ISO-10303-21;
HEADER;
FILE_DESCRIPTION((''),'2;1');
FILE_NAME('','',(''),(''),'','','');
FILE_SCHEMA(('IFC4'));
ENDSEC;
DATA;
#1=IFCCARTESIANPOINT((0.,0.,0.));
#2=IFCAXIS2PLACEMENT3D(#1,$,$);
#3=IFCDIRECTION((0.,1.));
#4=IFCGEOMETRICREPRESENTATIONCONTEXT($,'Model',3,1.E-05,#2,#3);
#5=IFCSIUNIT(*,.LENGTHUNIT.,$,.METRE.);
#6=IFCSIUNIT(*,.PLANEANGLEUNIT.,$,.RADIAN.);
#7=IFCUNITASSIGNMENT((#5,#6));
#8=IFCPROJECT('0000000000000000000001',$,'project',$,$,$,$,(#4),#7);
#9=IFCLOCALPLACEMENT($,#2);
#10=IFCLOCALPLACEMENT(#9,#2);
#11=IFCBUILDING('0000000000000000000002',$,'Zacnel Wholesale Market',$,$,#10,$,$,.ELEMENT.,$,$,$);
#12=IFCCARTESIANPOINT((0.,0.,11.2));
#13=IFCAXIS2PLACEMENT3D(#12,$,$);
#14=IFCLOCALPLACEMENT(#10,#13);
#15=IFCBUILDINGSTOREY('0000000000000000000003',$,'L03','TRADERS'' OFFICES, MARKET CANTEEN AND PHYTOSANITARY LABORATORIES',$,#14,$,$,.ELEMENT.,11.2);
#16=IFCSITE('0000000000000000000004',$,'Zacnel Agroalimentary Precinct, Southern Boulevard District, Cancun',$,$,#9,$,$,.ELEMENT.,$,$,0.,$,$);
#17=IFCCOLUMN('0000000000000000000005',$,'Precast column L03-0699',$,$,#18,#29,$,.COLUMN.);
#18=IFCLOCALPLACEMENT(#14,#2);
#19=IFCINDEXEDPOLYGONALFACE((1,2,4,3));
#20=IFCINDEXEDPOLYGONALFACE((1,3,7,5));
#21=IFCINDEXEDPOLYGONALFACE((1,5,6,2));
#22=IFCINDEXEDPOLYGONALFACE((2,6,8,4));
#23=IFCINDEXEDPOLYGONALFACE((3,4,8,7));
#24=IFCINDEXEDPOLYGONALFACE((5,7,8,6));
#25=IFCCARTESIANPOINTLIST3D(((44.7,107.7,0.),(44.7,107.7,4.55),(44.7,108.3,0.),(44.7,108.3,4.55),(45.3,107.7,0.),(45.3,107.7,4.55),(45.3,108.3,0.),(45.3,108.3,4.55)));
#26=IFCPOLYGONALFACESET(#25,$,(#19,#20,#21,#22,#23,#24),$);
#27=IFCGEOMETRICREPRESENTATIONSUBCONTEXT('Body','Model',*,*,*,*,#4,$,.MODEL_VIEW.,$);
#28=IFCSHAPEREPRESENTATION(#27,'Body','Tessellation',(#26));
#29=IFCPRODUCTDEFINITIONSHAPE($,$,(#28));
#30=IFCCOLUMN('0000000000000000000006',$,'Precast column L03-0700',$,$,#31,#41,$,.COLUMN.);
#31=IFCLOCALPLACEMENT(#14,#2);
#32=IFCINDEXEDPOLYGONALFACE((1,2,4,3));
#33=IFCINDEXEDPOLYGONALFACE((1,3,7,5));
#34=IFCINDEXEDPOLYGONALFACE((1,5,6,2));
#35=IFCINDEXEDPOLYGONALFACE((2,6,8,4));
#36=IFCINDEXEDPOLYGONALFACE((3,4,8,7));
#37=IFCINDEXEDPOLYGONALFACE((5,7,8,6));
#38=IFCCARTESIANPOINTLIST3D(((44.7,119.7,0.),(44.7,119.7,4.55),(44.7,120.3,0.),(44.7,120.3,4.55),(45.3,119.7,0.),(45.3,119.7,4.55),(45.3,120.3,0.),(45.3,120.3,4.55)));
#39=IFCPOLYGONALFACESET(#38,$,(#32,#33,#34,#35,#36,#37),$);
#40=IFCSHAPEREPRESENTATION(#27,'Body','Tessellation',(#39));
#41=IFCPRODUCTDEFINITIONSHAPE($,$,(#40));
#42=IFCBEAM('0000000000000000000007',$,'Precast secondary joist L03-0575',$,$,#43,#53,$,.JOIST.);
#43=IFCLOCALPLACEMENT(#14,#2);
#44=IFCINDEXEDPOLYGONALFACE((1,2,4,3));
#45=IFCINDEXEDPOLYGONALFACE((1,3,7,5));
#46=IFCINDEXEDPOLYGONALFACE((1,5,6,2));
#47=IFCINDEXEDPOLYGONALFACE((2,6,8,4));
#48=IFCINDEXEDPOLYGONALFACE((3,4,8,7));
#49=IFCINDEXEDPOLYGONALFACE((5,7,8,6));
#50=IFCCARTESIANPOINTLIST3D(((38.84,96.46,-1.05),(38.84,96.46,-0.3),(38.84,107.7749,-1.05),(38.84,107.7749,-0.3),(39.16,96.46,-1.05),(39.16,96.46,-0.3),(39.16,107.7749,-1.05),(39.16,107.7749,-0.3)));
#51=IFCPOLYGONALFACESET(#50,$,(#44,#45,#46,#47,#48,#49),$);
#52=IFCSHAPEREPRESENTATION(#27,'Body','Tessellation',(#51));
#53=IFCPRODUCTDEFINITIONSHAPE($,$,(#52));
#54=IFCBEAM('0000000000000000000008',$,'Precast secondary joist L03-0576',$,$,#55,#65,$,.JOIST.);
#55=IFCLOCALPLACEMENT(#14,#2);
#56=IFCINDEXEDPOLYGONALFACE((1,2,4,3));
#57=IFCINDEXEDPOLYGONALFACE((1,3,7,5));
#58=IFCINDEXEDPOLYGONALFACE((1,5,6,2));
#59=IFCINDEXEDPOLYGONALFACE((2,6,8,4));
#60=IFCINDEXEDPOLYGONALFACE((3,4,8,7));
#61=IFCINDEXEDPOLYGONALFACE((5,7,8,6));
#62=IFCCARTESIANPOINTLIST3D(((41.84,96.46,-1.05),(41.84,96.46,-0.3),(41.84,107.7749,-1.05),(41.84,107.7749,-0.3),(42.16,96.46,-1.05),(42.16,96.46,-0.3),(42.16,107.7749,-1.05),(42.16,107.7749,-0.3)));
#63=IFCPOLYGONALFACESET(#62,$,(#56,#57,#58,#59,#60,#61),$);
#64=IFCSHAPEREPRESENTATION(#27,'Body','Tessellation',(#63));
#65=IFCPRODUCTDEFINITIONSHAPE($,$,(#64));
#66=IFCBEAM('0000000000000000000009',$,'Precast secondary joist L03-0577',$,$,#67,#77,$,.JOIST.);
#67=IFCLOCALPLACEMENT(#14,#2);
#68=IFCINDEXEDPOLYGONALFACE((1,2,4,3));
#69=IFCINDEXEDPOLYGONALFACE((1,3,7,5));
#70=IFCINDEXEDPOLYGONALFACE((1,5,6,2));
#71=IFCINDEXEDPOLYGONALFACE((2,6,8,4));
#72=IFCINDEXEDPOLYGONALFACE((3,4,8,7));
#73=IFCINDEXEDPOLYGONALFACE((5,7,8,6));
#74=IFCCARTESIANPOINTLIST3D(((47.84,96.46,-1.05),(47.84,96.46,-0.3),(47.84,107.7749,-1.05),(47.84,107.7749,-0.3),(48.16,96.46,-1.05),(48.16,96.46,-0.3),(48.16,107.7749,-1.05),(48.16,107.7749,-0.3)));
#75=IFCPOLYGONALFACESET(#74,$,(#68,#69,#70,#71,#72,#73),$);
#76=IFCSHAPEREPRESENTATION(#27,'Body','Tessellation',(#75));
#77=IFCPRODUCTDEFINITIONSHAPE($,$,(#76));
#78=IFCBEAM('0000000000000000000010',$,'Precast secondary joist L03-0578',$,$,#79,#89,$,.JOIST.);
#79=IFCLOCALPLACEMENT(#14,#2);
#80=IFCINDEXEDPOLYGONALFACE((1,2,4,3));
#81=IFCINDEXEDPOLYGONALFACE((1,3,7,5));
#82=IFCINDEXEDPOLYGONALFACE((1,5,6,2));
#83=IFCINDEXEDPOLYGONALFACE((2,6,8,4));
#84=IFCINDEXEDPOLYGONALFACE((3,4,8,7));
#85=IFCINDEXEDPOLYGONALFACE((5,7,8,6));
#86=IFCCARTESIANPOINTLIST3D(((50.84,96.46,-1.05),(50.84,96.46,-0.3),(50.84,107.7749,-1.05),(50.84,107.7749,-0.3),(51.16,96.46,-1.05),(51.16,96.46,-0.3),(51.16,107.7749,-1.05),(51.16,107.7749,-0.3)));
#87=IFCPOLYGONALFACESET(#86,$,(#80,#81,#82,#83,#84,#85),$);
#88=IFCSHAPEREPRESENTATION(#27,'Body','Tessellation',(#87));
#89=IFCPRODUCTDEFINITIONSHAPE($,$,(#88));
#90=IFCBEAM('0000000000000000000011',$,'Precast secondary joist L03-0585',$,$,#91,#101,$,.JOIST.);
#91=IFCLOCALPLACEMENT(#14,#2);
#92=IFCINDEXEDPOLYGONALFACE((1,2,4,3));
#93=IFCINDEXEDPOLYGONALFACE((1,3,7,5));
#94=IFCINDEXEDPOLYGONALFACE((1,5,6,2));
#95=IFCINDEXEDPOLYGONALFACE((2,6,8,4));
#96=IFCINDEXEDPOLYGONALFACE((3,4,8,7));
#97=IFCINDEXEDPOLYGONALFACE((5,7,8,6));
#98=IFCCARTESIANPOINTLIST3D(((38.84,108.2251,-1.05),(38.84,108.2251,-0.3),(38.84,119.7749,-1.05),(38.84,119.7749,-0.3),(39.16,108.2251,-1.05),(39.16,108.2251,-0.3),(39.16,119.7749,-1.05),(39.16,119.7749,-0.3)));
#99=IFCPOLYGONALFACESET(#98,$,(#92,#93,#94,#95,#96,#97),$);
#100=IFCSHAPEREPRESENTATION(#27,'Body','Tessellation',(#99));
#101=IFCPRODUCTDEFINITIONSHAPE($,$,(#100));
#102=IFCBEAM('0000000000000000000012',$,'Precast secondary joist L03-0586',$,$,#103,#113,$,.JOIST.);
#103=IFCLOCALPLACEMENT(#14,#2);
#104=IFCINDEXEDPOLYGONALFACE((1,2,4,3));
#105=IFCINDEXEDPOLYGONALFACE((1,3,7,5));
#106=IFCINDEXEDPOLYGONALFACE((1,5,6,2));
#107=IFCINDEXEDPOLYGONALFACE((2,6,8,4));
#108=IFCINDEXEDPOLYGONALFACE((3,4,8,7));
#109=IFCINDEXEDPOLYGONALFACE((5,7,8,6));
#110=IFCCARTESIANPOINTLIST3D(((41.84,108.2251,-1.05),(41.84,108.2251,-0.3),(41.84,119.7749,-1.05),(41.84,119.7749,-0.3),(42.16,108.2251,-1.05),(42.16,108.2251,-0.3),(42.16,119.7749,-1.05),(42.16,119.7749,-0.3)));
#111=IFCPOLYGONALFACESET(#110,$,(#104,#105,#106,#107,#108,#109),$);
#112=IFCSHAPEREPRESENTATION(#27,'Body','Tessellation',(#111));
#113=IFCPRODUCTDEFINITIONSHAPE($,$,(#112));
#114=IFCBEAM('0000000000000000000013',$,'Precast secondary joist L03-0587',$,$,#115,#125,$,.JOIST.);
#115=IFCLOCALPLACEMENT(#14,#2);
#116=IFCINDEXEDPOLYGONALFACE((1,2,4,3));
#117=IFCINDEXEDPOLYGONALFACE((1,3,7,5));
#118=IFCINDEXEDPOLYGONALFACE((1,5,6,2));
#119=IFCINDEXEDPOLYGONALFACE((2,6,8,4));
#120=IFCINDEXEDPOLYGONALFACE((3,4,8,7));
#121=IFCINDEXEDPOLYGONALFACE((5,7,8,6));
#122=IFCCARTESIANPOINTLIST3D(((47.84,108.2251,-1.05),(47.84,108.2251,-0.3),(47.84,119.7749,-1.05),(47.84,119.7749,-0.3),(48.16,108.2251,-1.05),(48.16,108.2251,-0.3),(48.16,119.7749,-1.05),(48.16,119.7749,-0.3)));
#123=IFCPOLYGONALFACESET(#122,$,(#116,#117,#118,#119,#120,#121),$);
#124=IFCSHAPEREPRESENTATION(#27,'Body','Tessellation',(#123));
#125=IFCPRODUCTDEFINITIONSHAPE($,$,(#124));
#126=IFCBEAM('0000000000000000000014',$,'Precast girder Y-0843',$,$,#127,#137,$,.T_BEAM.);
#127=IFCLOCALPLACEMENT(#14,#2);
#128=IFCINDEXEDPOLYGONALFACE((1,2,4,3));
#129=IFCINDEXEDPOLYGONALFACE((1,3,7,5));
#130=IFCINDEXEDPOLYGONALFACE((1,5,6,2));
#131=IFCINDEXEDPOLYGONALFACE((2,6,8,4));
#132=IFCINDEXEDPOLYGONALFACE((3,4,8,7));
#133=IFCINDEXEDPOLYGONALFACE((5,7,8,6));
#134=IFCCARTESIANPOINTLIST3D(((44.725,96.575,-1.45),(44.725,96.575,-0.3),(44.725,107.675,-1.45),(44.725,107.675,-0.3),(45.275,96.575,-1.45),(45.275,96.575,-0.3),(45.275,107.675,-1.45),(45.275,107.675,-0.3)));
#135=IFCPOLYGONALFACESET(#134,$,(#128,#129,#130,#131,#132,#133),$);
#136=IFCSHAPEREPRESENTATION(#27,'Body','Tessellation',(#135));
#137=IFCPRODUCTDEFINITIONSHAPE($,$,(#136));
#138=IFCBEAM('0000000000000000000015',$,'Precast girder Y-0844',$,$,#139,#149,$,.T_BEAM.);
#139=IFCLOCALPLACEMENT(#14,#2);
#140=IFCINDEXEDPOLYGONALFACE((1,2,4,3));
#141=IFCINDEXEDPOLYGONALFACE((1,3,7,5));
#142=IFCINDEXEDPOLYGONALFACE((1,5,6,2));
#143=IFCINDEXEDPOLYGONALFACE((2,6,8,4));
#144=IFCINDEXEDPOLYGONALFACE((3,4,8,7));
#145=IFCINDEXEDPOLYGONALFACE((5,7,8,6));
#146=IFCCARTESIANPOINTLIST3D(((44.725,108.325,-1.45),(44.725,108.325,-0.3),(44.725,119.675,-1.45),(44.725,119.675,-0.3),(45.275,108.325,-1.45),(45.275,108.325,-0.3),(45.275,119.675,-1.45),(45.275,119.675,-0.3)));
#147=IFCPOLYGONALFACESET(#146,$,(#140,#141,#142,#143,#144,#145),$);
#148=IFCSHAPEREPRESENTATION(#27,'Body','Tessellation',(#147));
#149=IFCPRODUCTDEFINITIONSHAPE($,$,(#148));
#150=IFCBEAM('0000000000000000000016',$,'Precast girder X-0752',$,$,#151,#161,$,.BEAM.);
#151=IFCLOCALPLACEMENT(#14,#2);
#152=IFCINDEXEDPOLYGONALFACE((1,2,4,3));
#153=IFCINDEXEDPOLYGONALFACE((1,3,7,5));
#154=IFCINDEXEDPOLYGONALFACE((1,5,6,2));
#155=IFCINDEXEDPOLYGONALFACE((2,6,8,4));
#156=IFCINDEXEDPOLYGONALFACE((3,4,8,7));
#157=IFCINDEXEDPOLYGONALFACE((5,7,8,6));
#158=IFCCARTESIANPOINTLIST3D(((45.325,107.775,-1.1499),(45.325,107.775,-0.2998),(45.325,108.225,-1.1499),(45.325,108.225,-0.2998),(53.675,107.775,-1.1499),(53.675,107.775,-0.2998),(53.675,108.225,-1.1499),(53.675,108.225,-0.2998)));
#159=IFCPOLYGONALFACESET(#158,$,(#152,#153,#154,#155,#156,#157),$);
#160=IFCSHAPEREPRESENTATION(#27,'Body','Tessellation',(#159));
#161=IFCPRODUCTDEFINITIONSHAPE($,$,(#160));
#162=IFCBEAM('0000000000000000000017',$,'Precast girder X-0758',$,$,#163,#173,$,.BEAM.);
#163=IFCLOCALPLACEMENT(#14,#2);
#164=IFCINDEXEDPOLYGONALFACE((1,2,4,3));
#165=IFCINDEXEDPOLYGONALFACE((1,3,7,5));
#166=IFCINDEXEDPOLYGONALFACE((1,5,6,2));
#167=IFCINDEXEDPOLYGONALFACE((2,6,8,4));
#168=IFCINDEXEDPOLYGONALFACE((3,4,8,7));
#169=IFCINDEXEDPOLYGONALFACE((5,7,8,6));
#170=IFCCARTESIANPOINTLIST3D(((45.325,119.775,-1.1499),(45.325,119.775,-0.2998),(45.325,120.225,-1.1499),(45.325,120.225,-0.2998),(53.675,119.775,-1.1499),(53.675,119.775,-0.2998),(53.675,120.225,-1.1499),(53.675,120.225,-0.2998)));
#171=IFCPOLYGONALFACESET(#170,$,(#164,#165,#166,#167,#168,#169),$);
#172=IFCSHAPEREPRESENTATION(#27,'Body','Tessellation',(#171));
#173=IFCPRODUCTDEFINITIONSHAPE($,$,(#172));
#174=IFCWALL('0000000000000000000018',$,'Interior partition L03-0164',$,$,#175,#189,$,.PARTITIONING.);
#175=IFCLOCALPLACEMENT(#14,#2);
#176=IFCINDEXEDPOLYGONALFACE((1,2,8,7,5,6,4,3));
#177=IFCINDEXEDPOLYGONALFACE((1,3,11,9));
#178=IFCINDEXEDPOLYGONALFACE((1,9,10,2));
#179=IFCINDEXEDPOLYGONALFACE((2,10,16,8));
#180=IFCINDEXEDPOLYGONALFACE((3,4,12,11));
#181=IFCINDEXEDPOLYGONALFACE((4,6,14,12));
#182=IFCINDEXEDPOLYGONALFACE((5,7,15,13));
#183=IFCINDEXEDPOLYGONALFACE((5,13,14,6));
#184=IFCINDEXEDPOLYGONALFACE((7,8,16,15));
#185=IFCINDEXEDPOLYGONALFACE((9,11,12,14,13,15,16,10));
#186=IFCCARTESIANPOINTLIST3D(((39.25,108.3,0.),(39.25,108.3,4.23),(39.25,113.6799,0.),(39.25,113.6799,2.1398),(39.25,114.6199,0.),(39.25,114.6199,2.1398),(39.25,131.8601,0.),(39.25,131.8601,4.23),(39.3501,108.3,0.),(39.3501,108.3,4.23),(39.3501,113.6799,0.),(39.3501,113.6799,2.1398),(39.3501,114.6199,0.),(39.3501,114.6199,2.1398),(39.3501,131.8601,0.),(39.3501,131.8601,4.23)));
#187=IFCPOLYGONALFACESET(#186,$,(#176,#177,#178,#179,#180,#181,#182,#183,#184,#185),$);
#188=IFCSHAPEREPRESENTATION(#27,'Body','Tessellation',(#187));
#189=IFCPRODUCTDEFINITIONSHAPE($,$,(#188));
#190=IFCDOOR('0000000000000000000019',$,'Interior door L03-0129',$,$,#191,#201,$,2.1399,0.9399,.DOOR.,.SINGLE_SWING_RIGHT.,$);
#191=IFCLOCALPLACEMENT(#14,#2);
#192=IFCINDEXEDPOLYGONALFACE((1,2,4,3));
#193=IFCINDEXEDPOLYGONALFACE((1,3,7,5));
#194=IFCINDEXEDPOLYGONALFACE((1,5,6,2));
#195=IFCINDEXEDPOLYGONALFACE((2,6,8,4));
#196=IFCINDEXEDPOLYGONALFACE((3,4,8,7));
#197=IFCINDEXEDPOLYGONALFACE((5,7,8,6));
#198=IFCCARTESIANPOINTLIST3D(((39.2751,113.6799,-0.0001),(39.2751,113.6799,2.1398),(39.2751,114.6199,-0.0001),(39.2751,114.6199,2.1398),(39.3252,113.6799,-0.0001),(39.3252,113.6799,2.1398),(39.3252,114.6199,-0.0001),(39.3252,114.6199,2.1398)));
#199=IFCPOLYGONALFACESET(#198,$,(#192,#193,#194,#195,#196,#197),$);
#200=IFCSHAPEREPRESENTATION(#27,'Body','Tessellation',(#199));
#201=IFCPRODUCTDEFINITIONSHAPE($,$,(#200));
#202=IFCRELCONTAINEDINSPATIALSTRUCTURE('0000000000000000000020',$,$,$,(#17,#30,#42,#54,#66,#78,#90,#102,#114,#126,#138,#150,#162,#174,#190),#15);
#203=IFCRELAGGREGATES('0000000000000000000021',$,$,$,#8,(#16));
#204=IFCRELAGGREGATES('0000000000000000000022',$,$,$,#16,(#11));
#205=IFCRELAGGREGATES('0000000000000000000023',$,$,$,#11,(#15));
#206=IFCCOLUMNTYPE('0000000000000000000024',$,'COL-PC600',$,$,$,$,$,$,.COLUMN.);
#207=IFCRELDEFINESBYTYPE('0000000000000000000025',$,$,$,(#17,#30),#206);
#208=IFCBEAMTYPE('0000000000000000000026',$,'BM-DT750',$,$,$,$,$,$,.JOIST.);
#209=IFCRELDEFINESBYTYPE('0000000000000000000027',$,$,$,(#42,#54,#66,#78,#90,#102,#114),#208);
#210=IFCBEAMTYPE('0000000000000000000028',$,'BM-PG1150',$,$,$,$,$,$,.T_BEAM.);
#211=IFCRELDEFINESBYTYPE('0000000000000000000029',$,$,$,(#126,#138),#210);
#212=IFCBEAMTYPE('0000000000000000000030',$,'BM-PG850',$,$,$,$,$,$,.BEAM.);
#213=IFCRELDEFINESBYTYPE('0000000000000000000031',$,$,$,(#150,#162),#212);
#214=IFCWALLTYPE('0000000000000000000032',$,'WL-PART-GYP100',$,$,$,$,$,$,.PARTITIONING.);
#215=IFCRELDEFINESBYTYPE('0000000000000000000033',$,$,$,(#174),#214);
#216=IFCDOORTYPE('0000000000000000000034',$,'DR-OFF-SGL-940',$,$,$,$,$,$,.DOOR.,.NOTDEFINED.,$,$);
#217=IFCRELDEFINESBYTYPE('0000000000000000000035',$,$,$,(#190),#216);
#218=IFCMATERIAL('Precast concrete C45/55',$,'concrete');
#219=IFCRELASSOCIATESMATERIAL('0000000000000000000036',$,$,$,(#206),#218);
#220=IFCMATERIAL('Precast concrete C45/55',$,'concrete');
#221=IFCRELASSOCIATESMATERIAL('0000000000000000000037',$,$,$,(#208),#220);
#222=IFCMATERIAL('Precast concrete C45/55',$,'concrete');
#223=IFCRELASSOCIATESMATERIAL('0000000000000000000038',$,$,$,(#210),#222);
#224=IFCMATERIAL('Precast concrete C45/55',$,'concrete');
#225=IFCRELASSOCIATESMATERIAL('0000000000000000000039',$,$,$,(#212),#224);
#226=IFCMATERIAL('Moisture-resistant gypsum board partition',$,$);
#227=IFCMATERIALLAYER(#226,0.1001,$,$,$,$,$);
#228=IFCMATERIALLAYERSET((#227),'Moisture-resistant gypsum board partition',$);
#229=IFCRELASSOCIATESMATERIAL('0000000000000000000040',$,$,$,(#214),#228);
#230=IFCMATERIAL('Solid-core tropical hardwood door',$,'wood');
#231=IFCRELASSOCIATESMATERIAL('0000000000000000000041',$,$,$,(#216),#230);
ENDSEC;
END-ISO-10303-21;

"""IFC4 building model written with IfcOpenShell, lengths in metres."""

from ifc_helpers import new_model, si_unit, direction, frame, frame_2d, origin, origin_2d, place, context, subcontext, project, spatial, rectangle, extrude, material, layer, layer_set, material_profile, profile_set, type_object, element, fill, save


model = new_model("IFC4")

# Units and contexts
model_context = context("Model", 3, precision=1e-05, world=origin(), true_north=direction((0.0, 1.0)))
body_context = subcontext(model_context, "Body", "Model", "MODEL_VIEW")
ifc_project = project(units=[si_unit("LENGTHUNIT", "METRE"), si_unit("PLANEANGLEUNIT", "RADIAN")], contexts=[model_context])

# Site, building, storey
site_placement = place(None, origin())
site = spatial("IfcSite", under=ifc_project, at=site_placement, Name="Zacnel Agroalimentary Precinct, Southern Boulevard District, Cancun", CompositionType="ELEMENT", RefElevation=0.0)
building_placement = place(site_placement, origin())
building = spatial("IfcBuilding", under=site, at=building_placement, Name="Zacnel Wholesale Market", CompositionType="ELEMENT")
storey_placement = place(building_placement, frame((0.0, 0.0, 11.2)))
storey = spatial("IfcBuildingStorey", under=building, at=storey_placement, Name="L03", Description="TRADERS' OFFICES, MARKET CANTEEN AND PHYTOSANITARY LABORATORIES", CompositionType="ELEMENT", Elevation=11.2)

# Columns
ifc_material_1 = material(Name="Precast concrete C45/55", Category="concrete")
ifc_material_profile_1 = material_profile(ifc_material_1, rectangle(XDim=0.6001, YDim=0.6001, at=origin_2d()), Name="PC 600x600")
ifc_profile_set_1 = profile_set([ifc_material_profile_1], Name="Precast concrete C45/55")
column_type = type_object("IfcColumnType", Name="COL-PC600", PredefinedType="COLUMN", material=ifc_profile_set_1)
for number, where, z_axis, x_axis, name in (
    (1, (45.0, 108.0, 0.0), (0.0, 0.0, 1.0), (1.0, 0.0, 0.0), "Precast column L03-0699"),
    (2, (45.0, 120.0, 0.0), (0.0, 0.0, 1.0), (1.0, 0.0, 0.0), "Precast column L03-0700"),
):
    element("IfcColumn", number, at=place(storey_placement, frame(where, z_axis=z_axis, x_axis=x_axis)), inside=storey, type_object=column_type, Name=name, PredefinedType="COLUMN", context=body_context, shape_type="SweptSolid", body=[
        extrude(rectangle(XDim=0.6001, YDim=0.6001, at=origin_2d()), origin(), (0.0, 0.0, 1.0), 4.55),
    ])

# Beams
ifc_material_2 = material(Name="Precast concrete C45/55", Category="concrete")
ifc_material_profile_2 = material_profile(ifc_material_2, rectangle(XDim=0.3201, YDim=0.75, at=origin_2d()), Name="DT RIB 320x750")
ifc_profile_set_2 = profile_set([ifc_material_profile_2], Name="Precast concrete C45/55")
beam_type_1 = type_object("IfcBeamType", Name="BM-DT750", PredefinedType="JOIST", material=ifc_profile_set_2)
for number, where, z_axis, x_axis, name in (
    (3, (39.0, 96.46, -0.675), (0.0, 1.0, 0.0), (-1.0, 0.0, 0.0), "Precast secondary joist L03-0575"),
    (4, (42.0, 96.46, -0.675), (0.0, 1.0, 0.0), (-1.0, 0.0, 0.0), "Precast secondary joist L03-0576"),
    (5, (48.0, 96.46, -0.675), (0.0, 1.0, 0.0), (-1.0, 0.0, 0.0), "Precast secondary joist L03-0577"),
    (6, (51.0, 96.46, -0.675), (0.0, 1.0, 0.0), (-1.0, 0.0, 0.0), "Precast secondary joist L03-0578"),
):
    element("IfcBeam", number, at=place(storey_placement, frame(where, z_axis=z_axis, x_axis=x_axis)), inside=storey, type_object=beam_type_1, Name=name, PredefinedType="JOIST", context=body_context, shape_type="SweptSolid", body=[
        extrude(rectangle(XDim=0.3201, YDim=0.75, at=origin_2d()), origin(), (0.0, 0.0, 1.0), 11.3149),
    ])
for number, where, z_axis, x_axis, name in (
    (7, (39.0, 108.2251, -0.675), (0.0, 1.0, 0.0), (-1.0, 0.0, 0.0), "Precast secondary joist L03-0585"),
    (8, (42.0, 108.2251, -0.675), (0.0, 1.0, 0.0), (-1.0, 0.0, 0.0), "Precast secondary joist L03-0586"),
    (9, (48.0, 108.2251, -0.675), (0.0, 1.0, 0.0), (-1.0, 0.0, 0.0), "Precast secondary joist L03-0587"),
):
    element("IfcBeam", number, at=place(storey_placement, frame(where, z_axis=z_axis, x_axis=x_axis)), inside=storey, type_object=beam_type_1, Name=name, PredefinedType="JOIST", context=body_context, shape_type="SweptSolid", body=[
        extrude(rectangle(XDim=0.3201, YDim=0.75, at=origin_2d()), origin(), (0.0, 0.0, 1.0), 11.5498),
    ])
ifc_material_3 = material(Name="Precast concrete C45/55", Category="concrete")
ifc_material_profile_3 = material_profile(ifc_material_3, rectangle(XDim=0.55, YDim=1.1499, at=origin_2d()), Name="PG 550x1150")
ifc_profile_set_3 = profile_set([ifc_material_profile_3], Name="Precast concrete C45/55")
beam_type_2 = type_object("IfcBeamType", Name="BM-PG1150", PredefinedType="T_BEAM", material=ifc_profile_set_3)
beam_1_placement = place(storey_placement, frame((45.0, 96.575, -0.875), z_axis=(0.0, 1.0, 0.0), x_axis=(-1.0, 0.0, 0.0)))
element("IfcBeam", 10, at=beam_1_placement, inside=storey, type_object=beam_type_2, Name="Precast girder Y-0843", PredefinedType="T_BEAM", context=body_context, shape_type="SweptSolid", body=[
    extrude(rectangle(XDim=0.55, YDim=1.1499, at=origin_2d()), origin(), (0.0, 0.0, 1.0), 11.1001),
])
beam_2_placement = place(storey_placement, frame((45.0, 108.325, -0.875), z_axis=(0.0, 1.0, 0.0), x_axis=(-1.0, 0.0, 0.0)))
element("IfcBeam", 11, at=beam_2_placement, inside=storey, type_object=beam_type_2, Name="Precast girder Y-0844", PredefinedType="T_BEAM", context=body_context, shape_type="SweptSolid", body=[
    extrude(rectangle(XDim=0.55, YDim=1.1499, at=origin_2d()), origin(), (0.0, 0.0, 1.0), 11.3501),
])
ifc_material_4 = material(Name="Precast concrete C45/55", Category="concrete")
ifc_material_profile_4 = material_profile(ifc_material_4, rectangle(XDim=0.45, YDim=0.8501, at=origin_2d()), Name="PG 450x850")
ifc_profile_set_4 = profile_set([ifc_material_profile_4], Name="Precast concrete C45/55")
beam_type_3 = type_object("IfcBeamType", Name="BM-PG850", PredefinedType="BEAM", material=ifc_profile_set_4)
for number, where, z_axis, x_axis, name in (
    (12, (45.325, 108.0, -0.7249), (1.0, 0.0, 0.0), (0.0, 1.0, 0.0), "Precast girder X-0752"),
    (13, (45.325, 120.0, -0.7249), (1.0, 0.0, 0.0), (0.0, 1.0, 0.0), "Precast girder X-0758"),
):
    element("IfcBeam", number, at=place(storey_placement, frame(where, z_axis=z_axis, x_axis=x_axis)), inside=storey, type_object=beam_type_3, Name=name, PredefinedType="BEAM", context=body_context, shape_type="SweptSolid", body=[
        extrude(rectangle(XDim=0.45, YDim=0.8501, at=origin_2d()), origin(), (0.0, 0.0, 1.0), 8.3501),
    ])

# Wall, opening, door
ifc_material_5 = material(Name="Moisture-resistant gypsum board partition")
ifc_layer_1 = layer(ifc_material_5, 0.1001)
ifc_layer_set_1 = layer_set([ifc_layer_1], Name="Moisture-resistant gypsum board partition")
wall_type_1 = type_object("IfcWallType", Name="WL-PART-GYP100", PredefinedType="PARTITIONING", material=ifc_layer_set_1)
wall_1_placement = place(storey_placement, frame((39.3, 108.3, 0.0), z_axis=(0.0, 0.0, 1.0), x_axis=(0.0, 1.0, 0.0)))
wall_1 = element("IfcWall", 14, at=wall_1_placement, inside=storey, type_object=wall_type_1, Name="Interior partition L03-0164", PredefinedType="PARTITIONING", context=body_context, shape_type="SweptSolid", body=[
    extrude(rectangle(XDim=23.5601, YDim=0.1001, at=frame_2d((11.78, 0.0))), origin(), (0.0, 0.0, 1.0), 4.23),
])
opening_1_placement = place(wall_1_placement, frame((5.3799, 0.0, 0.0)))
opening_1 = element("IfcOpeningElement", 15, at=opening_1_placement, cuts=wall_1, PredefinedType="OPENING", context=body_context, shape_type="SweptSolid", body=[
    extrude(rectangle(XDim=0.9399, YDim=2.1399, at=frame_2d((0.47, 1.0698))), frame((0.0, 0.0601, 0.0), z_axis=(0.0, -1.0, 0.0), x_axis=(1.0, 0.0, 0.0)), (0.0, 0.0, 1.0), 0.1201),
])
ifc_material_6 = material(Name="Solid-core tropical hardwood door", Category="wood")
door_type_1 = type_object("IfcDoorType", Name="DR-OFF-SGL-940", OperationType="NOTDEFINED", PredefinedType="DOOR", material=ifc_material_6)
door_1_placement = place(opening_1_placement, origin())
door_1 = element("IfcDoor", 16, at=door_1_placement, inside=storey, type_object=door_type_1, Name="Interior door L03-0129", OperationType="SINGLE_SWING_RIGHT", OverallHeight=2.1399, OverallWidth=0.9399, PredefinedType="DOOR", context=body_context, shape_type="SweptSolid", body=[
    extrude(rectangle(XDim=0.9399, YDim=2.1399, at=frame_2d((0.47, 1.0698))), frame((0.0, 0.0249, 0.0), z_axis=(0.0, -1.0, 0.0), x_axis=(1.0, 0.0, 0.0)), (0.0, 0.0, 1.0), 0.05),
])
fill(opening_1, door_1)

save(model, "model.ifc")
